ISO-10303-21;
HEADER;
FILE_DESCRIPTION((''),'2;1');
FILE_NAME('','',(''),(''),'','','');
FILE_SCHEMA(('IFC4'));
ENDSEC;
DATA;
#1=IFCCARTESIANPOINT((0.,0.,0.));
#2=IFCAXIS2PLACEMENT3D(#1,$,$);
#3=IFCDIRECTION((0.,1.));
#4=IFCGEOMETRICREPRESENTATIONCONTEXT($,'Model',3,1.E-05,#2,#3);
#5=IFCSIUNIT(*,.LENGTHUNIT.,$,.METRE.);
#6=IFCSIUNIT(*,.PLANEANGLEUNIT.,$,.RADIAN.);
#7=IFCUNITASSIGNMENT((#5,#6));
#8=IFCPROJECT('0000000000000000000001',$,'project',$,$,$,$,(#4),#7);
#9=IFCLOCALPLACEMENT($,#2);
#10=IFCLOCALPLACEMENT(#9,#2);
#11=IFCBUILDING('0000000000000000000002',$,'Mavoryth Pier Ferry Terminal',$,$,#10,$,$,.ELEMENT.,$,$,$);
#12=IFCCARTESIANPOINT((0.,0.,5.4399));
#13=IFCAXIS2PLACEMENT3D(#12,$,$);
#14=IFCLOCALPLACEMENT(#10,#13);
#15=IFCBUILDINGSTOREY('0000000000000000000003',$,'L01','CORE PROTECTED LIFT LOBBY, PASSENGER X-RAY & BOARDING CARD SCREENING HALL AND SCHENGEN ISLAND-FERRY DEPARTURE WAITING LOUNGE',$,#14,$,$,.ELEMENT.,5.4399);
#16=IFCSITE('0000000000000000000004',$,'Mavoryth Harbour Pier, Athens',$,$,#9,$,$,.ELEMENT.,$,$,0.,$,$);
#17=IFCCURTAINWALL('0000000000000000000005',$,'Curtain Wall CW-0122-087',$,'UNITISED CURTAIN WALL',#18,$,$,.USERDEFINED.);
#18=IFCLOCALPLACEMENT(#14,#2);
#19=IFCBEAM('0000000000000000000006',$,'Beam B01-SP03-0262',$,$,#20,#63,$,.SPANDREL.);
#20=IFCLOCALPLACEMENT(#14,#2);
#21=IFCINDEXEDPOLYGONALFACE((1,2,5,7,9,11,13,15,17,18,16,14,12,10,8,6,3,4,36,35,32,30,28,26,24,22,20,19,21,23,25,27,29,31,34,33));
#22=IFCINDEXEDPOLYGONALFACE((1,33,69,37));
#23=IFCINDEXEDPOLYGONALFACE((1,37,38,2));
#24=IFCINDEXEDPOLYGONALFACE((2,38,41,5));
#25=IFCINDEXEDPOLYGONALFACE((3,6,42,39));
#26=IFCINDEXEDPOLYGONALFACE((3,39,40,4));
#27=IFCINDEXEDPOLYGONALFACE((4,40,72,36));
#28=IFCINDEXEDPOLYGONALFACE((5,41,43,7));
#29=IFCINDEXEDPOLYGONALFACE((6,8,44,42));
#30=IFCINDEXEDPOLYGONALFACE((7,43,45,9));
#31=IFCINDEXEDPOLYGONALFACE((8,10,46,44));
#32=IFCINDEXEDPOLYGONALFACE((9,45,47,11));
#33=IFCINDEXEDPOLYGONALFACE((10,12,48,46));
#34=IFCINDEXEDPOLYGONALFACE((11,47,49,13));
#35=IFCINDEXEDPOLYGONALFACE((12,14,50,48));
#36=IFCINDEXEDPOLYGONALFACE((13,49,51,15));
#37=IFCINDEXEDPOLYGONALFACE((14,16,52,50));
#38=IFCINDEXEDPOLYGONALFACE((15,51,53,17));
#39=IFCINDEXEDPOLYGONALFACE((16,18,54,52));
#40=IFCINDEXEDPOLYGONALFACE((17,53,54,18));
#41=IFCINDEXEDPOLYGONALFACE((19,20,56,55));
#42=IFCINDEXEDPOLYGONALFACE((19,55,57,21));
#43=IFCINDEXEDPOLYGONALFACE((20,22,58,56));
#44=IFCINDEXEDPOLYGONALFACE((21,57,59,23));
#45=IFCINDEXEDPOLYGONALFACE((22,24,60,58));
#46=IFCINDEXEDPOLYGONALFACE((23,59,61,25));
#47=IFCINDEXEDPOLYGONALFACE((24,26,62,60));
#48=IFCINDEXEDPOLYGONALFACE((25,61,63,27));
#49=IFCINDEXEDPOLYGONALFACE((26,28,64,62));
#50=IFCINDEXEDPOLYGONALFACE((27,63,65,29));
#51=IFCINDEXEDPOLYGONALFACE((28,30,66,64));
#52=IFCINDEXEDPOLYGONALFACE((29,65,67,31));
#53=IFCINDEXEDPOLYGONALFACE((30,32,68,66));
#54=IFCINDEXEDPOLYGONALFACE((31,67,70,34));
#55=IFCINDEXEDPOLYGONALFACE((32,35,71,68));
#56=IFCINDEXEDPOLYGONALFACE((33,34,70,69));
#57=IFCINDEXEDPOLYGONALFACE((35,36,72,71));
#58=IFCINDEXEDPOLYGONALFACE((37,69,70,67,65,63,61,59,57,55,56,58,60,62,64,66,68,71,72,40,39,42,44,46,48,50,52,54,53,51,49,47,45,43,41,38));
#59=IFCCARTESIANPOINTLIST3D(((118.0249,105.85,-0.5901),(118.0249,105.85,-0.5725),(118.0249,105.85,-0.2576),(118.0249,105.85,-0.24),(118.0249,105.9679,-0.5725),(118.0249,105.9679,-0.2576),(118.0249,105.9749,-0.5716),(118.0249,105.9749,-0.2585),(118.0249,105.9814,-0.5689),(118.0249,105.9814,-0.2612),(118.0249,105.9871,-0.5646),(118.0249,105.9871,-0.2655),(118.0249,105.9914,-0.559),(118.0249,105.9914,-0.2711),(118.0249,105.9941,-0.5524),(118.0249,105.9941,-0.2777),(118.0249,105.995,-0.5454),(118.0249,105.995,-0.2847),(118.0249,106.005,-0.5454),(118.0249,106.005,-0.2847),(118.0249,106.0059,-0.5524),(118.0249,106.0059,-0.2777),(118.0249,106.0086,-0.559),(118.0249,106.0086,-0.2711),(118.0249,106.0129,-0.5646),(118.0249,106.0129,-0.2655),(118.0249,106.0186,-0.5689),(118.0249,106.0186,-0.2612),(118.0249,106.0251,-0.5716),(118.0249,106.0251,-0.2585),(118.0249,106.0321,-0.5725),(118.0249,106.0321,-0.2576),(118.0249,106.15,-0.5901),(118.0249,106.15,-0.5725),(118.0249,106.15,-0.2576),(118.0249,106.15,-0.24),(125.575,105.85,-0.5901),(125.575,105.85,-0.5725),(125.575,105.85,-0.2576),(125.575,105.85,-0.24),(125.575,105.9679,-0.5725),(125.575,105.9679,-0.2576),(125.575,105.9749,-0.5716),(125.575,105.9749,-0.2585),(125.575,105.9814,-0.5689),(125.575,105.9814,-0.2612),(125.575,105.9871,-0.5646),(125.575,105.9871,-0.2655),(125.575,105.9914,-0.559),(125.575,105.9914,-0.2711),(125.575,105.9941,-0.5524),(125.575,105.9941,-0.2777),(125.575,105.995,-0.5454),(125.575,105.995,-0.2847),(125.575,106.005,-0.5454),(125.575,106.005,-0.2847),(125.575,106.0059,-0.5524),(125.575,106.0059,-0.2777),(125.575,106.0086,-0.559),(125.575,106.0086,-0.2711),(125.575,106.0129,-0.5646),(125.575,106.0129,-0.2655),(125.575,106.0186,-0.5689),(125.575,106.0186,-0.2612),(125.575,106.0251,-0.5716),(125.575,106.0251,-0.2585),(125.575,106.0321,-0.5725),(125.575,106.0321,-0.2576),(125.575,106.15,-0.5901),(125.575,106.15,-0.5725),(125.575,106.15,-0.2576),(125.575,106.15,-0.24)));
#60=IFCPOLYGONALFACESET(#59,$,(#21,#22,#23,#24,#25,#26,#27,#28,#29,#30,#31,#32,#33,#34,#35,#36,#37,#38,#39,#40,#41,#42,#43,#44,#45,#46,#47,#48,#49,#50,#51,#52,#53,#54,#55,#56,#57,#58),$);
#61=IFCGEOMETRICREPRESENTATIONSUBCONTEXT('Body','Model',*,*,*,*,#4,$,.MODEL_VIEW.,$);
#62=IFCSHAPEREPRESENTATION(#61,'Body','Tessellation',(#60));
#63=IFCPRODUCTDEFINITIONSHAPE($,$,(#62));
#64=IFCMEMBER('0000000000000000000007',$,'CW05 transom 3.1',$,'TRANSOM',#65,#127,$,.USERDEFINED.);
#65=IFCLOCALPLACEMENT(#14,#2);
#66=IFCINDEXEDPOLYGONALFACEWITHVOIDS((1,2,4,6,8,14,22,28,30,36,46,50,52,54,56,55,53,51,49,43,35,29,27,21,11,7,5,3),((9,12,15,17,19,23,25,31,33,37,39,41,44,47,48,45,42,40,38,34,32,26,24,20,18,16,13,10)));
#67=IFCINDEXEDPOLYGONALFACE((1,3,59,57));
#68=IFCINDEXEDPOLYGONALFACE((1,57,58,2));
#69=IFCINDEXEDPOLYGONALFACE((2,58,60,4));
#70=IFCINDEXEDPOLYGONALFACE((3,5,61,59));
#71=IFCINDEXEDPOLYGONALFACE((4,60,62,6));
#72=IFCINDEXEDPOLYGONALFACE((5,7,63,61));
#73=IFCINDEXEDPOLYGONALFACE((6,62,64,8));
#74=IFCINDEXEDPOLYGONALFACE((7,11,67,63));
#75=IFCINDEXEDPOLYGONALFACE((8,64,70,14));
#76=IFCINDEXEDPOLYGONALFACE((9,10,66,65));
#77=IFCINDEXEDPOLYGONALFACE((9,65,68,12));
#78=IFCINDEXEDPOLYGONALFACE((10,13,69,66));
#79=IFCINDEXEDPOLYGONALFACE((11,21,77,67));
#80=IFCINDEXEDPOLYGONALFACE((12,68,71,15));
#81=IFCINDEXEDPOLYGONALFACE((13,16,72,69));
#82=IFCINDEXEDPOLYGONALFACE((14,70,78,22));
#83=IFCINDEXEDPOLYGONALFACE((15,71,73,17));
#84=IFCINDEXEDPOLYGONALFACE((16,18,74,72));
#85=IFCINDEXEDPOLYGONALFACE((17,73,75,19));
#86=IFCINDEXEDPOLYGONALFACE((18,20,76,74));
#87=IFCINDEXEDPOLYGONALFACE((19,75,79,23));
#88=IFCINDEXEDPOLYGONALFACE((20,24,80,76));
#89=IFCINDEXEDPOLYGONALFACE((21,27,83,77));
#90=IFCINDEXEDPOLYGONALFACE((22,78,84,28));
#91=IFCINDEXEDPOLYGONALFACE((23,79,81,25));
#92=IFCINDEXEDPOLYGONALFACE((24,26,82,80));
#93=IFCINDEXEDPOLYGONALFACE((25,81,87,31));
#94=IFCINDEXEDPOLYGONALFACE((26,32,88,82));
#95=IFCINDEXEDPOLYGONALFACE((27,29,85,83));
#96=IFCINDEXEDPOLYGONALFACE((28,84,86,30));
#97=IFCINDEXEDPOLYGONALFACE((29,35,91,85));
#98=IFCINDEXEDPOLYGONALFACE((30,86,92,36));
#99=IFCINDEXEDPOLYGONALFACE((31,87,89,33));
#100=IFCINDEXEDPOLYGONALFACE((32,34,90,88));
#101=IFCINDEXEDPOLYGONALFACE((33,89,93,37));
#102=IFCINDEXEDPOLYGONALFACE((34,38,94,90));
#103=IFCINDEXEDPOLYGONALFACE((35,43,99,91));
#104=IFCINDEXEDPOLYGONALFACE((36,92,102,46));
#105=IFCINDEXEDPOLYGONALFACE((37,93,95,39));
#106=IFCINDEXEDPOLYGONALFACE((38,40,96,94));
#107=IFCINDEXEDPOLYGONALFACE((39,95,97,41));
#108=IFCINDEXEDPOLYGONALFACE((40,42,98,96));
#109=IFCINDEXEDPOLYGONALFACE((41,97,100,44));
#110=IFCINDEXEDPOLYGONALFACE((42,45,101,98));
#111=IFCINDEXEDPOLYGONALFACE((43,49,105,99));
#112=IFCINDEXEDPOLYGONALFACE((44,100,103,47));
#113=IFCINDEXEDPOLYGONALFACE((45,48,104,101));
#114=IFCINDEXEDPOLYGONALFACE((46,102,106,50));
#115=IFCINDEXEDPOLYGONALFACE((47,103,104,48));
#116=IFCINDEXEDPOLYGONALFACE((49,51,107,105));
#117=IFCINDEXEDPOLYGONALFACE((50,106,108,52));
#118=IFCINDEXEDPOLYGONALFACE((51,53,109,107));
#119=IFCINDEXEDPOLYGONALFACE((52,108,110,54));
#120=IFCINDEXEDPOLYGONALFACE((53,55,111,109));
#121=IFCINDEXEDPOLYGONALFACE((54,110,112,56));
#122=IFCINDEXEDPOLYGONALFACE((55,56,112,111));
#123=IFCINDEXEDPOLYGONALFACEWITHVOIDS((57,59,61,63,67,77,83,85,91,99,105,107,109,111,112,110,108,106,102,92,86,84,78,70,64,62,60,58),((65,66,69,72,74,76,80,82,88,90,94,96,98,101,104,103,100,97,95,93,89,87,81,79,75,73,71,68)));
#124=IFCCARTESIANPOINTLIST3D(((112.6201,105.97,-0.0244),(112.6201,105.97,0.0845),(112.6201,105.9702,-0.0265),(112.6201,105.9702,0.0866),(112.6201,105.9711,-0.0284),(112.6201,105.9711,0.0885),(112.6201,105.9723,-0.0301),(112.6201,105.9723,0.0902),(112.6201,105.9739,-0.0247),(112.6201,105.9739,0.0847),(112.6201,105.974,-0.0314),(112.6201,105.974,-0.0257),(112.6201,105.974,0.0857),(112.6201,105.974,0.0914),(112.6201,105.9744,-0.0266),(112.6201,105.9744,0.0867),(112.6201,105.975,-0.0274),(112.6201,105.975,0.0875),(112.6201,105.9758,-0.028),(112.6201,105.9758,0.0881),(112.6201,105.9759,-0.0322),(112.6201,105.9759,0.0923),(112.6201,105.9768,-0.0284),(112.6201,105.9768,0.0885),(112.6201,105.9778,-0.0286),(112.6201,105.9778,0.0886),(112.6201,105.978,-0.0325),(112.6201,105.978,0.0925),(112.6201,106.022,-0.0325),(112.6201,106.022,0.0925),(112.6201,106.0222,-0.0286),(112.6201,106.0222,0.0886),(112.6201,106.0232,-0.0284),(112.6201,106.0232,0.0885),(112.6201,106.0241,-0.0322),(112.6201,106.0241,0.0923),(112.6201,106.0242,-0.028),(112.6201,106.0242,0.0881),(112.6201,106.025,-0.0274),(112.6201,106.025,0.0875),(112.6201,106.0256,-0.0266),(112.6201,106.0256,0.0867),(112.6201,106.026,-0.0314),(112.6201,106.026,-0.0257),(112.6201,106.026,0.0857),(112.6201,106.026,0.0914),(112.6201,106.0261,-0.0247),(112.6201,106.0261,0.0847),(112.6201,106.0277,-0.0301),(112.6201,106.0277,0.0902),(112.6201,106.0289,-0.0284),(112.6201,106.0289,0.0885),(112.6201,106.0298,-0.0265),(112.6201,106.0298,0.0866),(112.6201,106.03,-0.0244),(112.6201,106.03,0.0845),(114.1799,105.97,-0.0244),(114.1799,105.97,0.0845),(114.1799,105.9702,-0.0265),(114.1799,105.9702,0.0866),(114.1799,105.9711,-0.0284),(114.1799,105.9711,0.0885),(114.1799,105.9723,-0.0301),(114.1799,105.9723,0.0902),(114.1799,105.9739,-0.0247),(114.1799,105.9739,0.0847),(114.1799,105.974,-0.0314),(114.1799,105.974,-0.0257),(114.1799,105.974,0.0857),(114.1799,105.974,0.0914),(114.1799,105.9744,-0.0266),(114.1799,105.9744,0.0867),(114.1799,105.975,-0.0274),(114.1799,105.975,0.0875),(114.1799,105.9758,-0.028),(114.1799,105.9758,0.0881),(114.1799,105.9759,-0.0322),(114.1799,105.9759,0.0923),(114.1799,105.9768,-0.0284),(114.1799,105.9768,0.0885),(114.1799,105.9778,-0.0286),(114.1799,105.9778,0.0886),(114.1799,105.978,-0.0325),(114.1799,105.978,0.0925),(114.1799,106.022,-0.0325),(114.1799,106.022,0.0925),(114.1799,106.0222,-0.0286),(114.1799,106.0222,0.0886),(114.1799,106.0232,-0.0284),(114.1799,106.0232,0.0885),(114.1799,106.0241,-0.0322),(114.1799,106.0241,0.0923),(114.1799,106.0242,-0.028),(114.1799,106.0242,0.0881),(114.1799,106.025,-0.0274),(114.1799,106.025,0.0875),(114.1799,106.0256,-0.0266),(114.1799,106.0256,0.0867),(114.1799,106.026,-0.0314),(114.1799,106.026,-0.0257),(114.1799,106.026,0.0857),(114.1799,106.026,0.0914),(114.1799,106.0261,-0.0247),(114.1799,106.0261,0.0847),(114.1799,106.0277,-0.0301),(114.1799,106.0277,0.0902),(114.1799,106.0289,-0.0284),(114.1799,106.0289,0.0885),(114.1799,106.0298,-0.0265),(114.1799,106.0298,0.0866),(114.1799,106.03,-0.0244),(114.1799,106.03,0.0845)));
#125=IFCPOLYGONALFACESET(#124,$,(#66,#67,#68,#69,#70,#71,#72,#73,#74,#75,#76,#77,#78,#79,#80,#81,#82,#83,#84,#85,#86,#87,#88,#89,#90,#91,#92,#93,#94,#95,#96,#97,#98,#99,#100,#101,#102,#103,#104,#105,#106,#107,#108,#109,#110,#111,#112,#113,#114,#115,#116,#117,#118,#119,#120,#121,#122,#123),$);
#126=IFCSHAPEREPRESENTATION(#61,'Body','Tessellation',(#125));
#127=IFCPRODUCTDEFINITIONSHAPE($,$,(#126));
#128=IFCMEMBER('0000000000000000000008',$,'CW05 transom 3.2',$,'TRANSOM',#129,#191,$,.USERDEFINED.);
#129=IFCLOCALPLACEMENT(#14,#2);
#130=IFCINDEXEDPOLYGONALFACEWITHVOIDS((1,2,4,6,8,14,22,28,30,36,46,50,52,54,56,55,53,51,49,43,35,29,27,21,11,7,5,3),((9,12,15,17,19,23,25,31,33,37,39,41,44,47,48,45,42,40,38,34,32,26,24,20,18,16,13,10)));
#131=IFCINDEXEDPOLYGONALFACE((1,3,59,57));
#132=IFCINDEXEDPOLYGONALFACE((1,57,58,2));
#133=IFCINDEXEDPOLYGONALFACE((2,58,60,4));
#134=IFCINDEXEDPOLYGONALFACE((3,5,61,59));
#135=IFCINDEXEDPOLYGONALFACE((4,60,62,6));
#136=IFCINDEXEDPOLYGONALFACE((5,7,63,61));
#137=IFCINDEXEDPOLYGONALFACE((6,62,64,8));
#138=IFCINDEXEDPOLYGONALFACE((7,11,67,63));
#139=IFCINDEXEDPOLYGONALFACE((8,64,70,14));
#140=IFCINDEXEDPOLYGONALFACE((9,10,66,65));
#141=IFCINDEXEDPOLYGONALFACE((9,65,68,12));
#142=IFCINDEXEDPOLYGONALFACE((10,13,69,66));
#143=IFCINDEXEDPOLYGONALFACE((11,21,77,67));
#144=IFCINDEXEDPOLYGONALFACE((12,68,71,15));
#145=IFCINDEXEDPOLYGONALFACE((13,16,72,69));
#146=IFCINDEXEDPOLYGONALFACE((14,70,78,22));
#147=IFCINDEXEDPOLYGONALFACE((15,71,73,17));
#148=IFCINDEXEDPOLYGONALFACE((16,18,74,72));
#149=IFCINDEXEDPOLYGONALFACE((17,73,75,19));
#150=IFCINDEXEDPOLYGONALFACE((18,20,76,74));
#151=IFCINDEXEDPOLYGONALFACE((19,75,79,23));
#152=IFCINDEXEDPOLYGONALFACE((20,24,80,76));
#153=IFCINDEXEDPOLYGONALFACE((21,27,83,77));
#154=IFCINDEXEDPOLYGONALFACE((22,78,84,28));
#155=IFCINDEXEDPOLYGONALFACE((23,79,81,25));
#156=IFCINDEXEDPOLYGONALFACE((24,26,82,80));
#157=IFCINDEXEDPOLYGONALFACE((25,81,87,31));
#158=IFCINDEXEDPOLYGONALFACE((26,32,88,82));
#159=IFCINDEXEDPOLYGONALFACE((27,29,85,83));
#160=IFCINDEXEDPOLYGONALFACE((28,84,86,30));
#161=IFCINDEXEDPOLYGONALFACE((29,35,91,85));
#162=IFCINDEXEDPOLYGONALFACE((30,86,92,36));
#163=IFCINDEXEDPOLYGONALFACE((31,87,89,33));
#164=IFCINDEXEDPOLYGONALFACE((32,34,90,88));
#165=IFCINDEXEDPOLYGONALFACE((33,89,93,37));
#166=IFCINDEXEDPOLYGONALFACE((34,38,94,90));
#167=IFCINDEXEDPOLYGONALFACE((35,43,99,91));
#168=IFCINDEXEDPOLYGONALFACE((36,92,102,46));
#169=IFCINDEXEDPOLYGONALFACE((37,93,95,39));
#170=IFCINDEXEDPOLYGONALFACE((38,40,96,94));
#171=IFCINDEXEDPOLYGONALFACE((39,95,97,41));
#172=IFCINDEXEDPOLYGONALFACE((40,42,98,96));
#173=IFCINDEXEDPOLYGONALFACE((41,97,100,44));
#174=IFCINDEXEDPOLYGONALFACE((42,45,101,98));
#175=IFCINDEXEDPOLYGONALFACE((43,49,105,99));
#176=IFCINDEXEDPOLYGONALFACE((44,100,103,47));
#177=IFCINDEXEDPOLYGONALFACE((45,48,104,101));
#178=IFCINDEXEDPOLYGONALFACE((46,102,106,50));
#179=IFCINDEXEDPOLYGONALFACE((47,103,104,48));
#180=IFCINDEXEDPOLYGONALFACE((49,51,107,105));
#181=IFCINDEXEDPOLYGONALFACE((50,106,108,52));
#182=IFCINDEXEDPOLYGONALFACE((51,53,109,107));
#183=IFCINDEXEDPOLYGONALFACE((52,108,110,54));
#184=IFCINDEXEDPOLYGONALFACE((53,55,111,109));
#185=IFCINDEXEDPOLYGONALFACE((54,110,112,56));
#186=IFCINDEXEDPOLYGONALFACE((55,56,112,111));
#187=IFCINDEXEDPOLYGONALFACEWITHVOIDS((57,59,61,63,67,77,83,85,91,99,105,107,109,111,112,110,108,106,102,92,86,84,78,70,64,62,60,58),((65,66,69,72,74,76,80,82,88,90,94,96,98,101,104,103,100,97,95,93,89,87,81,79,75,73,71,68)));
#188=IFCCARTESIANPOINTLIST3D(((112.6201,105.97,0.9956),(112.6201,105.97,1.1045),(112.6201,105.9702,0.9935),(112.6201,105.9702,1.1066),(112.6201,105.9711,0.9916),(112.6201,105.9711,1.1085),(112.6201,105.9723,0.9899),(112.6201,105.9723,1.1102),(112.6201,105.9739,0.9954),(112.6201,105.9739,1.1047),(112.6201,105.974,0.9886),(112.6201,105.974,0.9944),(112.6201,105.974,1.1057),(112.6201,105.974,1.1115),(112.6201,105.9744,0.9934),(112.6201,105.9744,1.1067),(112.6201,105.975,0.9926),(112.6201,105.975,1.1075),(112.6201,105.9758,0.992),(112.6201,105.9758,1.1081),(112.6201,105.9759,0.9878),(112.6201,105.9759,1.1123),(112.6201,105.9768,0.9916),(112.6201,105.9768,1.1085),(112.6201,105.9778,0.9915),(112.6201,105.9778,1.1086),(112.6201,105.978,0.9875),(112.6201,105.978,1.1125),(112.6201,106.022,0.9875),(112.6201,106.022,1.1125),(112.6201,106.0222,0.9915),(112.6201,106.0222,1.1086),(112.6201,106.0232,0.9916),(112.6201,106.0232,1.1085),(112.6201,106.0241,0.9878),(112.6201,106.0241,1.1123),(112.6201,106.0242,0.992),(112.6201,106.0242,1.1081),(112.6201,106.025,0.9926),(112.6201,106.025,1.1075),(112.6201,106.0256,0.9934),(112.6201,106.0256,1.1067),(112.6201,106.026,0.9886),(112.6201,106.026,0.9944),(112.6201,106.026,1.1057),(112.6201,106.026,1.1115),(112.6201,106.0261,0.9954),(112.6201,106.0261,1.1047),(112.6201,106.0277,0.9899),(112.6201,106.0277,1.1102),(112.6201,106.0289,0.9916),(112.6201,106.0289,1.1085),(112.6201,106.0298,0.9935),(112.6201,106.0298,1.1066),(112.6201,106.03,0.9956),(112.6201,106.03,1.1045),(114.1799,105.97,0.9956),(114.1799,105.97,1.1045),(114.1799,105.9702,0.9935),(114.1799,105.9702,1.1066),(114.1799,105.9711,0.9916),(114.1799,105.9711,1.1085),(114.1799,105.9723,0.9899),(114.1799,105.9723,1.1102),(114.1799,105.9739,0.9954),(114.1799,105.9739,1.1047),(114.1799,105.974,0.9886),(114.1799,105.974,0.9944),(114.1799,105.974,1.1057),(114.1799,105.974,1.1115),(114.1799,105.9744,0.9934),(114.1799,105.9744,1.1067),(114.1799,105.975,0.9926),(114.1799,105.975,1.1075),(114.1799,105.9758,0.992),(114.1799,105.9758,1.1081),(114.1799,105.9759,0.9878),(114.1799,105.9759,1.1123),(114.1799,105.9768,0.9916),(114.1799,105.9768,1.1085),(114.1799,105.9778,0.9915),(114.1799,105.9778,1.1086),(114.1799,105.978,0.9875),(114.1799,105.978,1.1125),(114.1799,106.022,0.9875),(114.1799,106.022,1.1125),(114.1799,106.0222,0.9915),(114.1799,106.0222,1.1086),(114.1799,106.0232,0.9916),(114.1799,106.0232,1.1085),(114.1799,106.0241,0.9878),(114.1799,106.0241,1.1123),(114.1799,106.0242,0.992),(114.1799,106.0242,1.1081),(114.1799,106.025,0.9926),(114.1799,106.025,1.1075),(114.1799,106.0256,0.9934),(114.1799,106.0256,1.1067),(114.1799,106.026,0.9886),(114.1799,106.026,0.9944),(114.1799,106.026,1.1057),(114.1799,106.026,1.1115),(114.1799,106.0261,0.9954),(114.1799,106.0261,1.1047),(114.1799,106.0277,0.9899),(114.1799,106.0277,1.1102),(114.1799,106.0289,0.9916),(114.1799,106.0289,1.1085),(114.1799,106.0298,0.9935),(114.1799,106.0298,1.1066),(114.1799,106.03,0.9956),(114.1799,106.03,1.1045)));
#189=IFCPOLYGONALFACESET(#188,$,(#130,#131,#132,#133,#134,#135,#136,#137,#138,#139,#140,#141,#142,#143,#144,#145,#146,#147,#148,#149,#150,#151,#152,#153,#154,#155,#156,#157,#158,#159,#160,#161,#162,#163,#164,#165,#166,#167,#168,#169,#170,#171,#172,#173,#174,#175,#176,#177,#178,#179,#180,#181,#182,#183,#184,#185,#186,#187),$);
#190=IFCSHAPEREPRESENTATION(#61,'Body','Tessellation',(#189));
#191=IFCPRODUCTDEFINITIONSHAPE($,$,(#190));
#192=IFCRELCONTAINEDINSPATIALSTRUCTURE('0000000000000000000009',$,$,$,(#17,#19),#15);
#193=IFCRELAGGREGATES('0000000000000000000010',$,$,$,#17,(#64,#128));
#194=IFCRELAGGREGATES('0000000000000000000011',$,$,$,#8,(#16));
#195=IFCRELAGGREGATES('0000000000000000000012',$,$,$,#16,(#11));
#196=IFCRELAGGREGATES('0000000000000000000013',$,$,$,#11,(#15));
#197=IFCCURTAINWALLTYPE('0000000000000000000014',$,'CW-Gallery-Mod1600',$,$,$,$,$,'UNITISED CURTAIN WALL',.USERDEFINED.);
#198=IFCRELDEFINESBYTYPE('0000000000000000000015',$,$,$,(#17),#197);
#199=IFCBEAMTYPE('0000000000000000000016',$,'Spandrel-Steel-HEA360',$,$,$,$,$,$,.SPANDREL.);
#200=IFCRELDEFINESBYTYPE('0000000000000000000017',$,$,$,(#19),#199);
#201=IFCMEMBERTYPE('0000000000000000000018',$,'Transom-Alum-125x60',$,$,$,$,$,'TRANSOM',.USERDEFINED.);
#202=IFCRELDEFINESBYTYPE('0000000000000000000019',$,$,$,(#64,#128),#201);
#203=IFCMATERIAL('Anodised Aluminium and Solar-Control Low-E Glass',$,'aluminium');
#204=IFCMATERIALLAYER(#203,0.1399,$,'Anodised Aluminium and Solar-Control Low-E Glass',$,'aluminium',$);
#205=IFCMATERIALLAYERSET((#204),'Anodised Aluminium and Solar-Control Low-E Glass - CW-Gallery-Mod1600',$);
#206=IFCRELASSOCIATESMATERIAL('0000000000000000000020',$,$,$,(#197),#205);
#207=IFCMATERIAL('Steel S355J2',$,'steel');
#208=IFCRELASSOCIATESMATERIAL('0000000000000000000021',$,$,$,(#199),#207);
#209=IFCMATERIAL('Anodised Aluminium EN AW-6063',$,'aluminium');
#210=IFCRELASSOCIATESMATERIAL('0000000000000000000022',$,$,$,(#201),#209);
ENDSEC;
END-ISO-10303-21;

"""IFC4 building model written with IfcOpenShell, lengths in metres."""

from ifc_helpers import new_model, si_unit, direction, frame, origin, origin_2d, place, context, subcontext, project, spatial, hollow_rectangle, i_section, extrude, material, layer, layer_set, material_profile, profile_set, type_object, element, aggregate, save


model = new_model("IFC4")

# Units and contexts
model_context = context("Model", 3, precision=1e-05, world=origin(), true_north=direction((0.0, 1.0)))
body_context = subcontext(model_context, "Body", "Model", "MODEL_VIEW")
ifc_project = project(units=[si_unit("LENGTHUNIT", "METRE"), si_unit("PLANEANGLEUNIT", "RADIAN")], contexts=[model_context])

# Site, building, storey
site_placement = place(None, origin())
site = spatial("IfcSite", under=ifc_project, at=site_placement, Name="Mavoryth Harbour Pier, Athens", CompositionType="ELEMENT", RefElevation=0.0)
building_placement = place(site_placement, origin())
building = spatial("IfcBuilding", under=site, at=building_placement, Name="Mavoryth Pier Ferry Terminal", CompositionType="ELEMENT")
storey_placement = place(building_placement, frame((0.0, 0.0, 5.4399)))
storey = spatial("IfcBuildingStorey", under=building, at=storey_placement, Name="L01", Description="CORE PROTECTED LIFT LOBBY, PASSENGER X-RAY & BOARDING CARD SCREENING HALL AND SCHENGEN ISLAND-FERRY DEPARTURE WAITING LOUNGE", CompositionType="ELEMENT", Elevation=5.4399)

# Shared definitions
ifc_material_1 = material(Name="Steel S355J2", Category="steel")

# Curtain wall
ifc_material_2 = material(Name="Anodised Aluminium and Solar-Control Low-E Glass", Category="aluminium")
ifc_layer_1 = layer(ifc_material_2, 0.1399, Name="Anodised Aluminium and Solar-Control Low-E Glass", Category="aluminium")
ifc_layer_set_1 = layer_set([ifc_layer_1], Name="Anodised Aluminium and Solar-Control Low-E Glass - CW-Gallery-Mod1600")
curtain_wall_type = type_object("IfcCurtainWallType", Name="CW-Gallery-Mod1600", ElementType="UNITISED CURTAIN WALL", PredefinedType="USERDEFINED", material=ifc_layer_set_1)
curtain_wall_1_placement = place(storey_placement, origin())
curtain_wall_1 = element("IfcCurtainWall", 1, at=curtain_wall_1_placement, inside=storey, type_object=curtain_wall_type, Name="Curtain Wall CW-0122-087", ObjectType="UNITISED CURTAIN WALL", PredefinedType="USERDEFINED")
ifc_material_3 = material(Name="Anodised Aluminium EN AW-6063", Category="aluminium")

# Beam
ifc_material_profile_1 = material_profile(ifc_material_1, i_section(OverallWidth=0.3, OverallDepth=0.3501, WebThickness=0.01, FlangeThickness=0.0176, FilletRadius=0.0271, at=origin_2d()), Name="HEA 360", Category="steel")
ifc_profile_set_1 = profile_set([ifc_material_profile_1], Name="Steel S355J2 - HEA 360")
beam_type_1 = type_object("IfcBeamType", Name="Spandrel-Steel-HEA360", PredefinedType="SPANDREL", material=ifc_profile_set_1)
beam_1_placement = place(storey_placement, frame((118.0249, 106.0, -0.415), z_axis=(1.0, 0.0, 0.0), x_axis=(0.0, 1.0, 0.0)))
element("IfcBeam", 2, at=beam_1_placement, inside=storey, type_object=beam_type_1, Name="Beam B01-SP03-0262", PredefinedType="SPANDREL", context=body_context, shape_type="SweptSolid", body=[
    extrude(i_section(OverallWidth=0.3, OverallDepth=0.3501, WebThickness=0.01, FlangeThickness=0.0176, FilletRadius=0.0271, at=origin_2d()), origin(), (0.0, 0.0, 1.0), 7.55),
])

# Members
ifc_material_profile_2 = material_profile(ifc_material_3, hollow_rectangle(XDim=0.0601, YDim=0.125, WallThickness=0.0039, InnerFilletRadius=0.0039, OuterFilletRadius=0.0081, at=origin_2d()), Name="AL-TRAN 125x60x4", Category="aluminium")
ifc_profile_set_2 = profile_set([ifc_material_profile_2], Name="Anodised Aluminium EN AW-6063 - AL-TRAN 125x60x4")
member_type_1 = type_object("IfcMemberType", Name="Transom-Alum-125x60", ElementType="TRANSOM", PredefinedType="USERDEFINED", material=ifc_profile_set_2)
member_1_placement = place(storey_placement, frame((112.6201, 106.0, 0.03), z_axis=(1.0, 0.0, 0.0), x_axis=(0.0, 1.0, 0.0)))
member_1 = element("IfcMember", 3, at=member_1_placement, type_object=member_type_1, Name="CW05 transom 3.1", ObjectType="TRANSOM", PredefinedType="USERDEFINED", context=body_context, shape_type="SweptSolid", body=[
    extrude(hollow_rectangle(XDim=0.0601, YDim=0.125, WallThickness=0.0039, InnerFilletRadius=0.0039, OuterFilletRadius=0.0081, at=origin_2d()), origin(), (0.0, 0.0, 1.0), 1.5598),
])
member_2_placement = place(storey_placement, frame((112.6201, 106.0, 1.05), z_axis=(1.0, 0.0, 0.0), x_axis=(0.0, 1.0, 0.0)))
member_2 = element("IfcMember", 4, at=member_2_placement, type_object=member_type_1, Name="CW05 transom 3.2", ObjectType="TRANSOM", PredefinedType="USERDEFINED", context=body_context, shape_type="SweptSolid", body=[
    extrude(hollow_rectangle(XDim=0.0601, YDim=0.125, WallThickness=0.0039, InnerFilletRadius=0.0039, OuterFilletRadius=0.0081, at=origin_2d()), origin(), (0.0, 0.0, 1.0), 1.5598),
])

aggregate(curtain_wall_1, [member_1, member_2])

save(model, "model.ifc")
